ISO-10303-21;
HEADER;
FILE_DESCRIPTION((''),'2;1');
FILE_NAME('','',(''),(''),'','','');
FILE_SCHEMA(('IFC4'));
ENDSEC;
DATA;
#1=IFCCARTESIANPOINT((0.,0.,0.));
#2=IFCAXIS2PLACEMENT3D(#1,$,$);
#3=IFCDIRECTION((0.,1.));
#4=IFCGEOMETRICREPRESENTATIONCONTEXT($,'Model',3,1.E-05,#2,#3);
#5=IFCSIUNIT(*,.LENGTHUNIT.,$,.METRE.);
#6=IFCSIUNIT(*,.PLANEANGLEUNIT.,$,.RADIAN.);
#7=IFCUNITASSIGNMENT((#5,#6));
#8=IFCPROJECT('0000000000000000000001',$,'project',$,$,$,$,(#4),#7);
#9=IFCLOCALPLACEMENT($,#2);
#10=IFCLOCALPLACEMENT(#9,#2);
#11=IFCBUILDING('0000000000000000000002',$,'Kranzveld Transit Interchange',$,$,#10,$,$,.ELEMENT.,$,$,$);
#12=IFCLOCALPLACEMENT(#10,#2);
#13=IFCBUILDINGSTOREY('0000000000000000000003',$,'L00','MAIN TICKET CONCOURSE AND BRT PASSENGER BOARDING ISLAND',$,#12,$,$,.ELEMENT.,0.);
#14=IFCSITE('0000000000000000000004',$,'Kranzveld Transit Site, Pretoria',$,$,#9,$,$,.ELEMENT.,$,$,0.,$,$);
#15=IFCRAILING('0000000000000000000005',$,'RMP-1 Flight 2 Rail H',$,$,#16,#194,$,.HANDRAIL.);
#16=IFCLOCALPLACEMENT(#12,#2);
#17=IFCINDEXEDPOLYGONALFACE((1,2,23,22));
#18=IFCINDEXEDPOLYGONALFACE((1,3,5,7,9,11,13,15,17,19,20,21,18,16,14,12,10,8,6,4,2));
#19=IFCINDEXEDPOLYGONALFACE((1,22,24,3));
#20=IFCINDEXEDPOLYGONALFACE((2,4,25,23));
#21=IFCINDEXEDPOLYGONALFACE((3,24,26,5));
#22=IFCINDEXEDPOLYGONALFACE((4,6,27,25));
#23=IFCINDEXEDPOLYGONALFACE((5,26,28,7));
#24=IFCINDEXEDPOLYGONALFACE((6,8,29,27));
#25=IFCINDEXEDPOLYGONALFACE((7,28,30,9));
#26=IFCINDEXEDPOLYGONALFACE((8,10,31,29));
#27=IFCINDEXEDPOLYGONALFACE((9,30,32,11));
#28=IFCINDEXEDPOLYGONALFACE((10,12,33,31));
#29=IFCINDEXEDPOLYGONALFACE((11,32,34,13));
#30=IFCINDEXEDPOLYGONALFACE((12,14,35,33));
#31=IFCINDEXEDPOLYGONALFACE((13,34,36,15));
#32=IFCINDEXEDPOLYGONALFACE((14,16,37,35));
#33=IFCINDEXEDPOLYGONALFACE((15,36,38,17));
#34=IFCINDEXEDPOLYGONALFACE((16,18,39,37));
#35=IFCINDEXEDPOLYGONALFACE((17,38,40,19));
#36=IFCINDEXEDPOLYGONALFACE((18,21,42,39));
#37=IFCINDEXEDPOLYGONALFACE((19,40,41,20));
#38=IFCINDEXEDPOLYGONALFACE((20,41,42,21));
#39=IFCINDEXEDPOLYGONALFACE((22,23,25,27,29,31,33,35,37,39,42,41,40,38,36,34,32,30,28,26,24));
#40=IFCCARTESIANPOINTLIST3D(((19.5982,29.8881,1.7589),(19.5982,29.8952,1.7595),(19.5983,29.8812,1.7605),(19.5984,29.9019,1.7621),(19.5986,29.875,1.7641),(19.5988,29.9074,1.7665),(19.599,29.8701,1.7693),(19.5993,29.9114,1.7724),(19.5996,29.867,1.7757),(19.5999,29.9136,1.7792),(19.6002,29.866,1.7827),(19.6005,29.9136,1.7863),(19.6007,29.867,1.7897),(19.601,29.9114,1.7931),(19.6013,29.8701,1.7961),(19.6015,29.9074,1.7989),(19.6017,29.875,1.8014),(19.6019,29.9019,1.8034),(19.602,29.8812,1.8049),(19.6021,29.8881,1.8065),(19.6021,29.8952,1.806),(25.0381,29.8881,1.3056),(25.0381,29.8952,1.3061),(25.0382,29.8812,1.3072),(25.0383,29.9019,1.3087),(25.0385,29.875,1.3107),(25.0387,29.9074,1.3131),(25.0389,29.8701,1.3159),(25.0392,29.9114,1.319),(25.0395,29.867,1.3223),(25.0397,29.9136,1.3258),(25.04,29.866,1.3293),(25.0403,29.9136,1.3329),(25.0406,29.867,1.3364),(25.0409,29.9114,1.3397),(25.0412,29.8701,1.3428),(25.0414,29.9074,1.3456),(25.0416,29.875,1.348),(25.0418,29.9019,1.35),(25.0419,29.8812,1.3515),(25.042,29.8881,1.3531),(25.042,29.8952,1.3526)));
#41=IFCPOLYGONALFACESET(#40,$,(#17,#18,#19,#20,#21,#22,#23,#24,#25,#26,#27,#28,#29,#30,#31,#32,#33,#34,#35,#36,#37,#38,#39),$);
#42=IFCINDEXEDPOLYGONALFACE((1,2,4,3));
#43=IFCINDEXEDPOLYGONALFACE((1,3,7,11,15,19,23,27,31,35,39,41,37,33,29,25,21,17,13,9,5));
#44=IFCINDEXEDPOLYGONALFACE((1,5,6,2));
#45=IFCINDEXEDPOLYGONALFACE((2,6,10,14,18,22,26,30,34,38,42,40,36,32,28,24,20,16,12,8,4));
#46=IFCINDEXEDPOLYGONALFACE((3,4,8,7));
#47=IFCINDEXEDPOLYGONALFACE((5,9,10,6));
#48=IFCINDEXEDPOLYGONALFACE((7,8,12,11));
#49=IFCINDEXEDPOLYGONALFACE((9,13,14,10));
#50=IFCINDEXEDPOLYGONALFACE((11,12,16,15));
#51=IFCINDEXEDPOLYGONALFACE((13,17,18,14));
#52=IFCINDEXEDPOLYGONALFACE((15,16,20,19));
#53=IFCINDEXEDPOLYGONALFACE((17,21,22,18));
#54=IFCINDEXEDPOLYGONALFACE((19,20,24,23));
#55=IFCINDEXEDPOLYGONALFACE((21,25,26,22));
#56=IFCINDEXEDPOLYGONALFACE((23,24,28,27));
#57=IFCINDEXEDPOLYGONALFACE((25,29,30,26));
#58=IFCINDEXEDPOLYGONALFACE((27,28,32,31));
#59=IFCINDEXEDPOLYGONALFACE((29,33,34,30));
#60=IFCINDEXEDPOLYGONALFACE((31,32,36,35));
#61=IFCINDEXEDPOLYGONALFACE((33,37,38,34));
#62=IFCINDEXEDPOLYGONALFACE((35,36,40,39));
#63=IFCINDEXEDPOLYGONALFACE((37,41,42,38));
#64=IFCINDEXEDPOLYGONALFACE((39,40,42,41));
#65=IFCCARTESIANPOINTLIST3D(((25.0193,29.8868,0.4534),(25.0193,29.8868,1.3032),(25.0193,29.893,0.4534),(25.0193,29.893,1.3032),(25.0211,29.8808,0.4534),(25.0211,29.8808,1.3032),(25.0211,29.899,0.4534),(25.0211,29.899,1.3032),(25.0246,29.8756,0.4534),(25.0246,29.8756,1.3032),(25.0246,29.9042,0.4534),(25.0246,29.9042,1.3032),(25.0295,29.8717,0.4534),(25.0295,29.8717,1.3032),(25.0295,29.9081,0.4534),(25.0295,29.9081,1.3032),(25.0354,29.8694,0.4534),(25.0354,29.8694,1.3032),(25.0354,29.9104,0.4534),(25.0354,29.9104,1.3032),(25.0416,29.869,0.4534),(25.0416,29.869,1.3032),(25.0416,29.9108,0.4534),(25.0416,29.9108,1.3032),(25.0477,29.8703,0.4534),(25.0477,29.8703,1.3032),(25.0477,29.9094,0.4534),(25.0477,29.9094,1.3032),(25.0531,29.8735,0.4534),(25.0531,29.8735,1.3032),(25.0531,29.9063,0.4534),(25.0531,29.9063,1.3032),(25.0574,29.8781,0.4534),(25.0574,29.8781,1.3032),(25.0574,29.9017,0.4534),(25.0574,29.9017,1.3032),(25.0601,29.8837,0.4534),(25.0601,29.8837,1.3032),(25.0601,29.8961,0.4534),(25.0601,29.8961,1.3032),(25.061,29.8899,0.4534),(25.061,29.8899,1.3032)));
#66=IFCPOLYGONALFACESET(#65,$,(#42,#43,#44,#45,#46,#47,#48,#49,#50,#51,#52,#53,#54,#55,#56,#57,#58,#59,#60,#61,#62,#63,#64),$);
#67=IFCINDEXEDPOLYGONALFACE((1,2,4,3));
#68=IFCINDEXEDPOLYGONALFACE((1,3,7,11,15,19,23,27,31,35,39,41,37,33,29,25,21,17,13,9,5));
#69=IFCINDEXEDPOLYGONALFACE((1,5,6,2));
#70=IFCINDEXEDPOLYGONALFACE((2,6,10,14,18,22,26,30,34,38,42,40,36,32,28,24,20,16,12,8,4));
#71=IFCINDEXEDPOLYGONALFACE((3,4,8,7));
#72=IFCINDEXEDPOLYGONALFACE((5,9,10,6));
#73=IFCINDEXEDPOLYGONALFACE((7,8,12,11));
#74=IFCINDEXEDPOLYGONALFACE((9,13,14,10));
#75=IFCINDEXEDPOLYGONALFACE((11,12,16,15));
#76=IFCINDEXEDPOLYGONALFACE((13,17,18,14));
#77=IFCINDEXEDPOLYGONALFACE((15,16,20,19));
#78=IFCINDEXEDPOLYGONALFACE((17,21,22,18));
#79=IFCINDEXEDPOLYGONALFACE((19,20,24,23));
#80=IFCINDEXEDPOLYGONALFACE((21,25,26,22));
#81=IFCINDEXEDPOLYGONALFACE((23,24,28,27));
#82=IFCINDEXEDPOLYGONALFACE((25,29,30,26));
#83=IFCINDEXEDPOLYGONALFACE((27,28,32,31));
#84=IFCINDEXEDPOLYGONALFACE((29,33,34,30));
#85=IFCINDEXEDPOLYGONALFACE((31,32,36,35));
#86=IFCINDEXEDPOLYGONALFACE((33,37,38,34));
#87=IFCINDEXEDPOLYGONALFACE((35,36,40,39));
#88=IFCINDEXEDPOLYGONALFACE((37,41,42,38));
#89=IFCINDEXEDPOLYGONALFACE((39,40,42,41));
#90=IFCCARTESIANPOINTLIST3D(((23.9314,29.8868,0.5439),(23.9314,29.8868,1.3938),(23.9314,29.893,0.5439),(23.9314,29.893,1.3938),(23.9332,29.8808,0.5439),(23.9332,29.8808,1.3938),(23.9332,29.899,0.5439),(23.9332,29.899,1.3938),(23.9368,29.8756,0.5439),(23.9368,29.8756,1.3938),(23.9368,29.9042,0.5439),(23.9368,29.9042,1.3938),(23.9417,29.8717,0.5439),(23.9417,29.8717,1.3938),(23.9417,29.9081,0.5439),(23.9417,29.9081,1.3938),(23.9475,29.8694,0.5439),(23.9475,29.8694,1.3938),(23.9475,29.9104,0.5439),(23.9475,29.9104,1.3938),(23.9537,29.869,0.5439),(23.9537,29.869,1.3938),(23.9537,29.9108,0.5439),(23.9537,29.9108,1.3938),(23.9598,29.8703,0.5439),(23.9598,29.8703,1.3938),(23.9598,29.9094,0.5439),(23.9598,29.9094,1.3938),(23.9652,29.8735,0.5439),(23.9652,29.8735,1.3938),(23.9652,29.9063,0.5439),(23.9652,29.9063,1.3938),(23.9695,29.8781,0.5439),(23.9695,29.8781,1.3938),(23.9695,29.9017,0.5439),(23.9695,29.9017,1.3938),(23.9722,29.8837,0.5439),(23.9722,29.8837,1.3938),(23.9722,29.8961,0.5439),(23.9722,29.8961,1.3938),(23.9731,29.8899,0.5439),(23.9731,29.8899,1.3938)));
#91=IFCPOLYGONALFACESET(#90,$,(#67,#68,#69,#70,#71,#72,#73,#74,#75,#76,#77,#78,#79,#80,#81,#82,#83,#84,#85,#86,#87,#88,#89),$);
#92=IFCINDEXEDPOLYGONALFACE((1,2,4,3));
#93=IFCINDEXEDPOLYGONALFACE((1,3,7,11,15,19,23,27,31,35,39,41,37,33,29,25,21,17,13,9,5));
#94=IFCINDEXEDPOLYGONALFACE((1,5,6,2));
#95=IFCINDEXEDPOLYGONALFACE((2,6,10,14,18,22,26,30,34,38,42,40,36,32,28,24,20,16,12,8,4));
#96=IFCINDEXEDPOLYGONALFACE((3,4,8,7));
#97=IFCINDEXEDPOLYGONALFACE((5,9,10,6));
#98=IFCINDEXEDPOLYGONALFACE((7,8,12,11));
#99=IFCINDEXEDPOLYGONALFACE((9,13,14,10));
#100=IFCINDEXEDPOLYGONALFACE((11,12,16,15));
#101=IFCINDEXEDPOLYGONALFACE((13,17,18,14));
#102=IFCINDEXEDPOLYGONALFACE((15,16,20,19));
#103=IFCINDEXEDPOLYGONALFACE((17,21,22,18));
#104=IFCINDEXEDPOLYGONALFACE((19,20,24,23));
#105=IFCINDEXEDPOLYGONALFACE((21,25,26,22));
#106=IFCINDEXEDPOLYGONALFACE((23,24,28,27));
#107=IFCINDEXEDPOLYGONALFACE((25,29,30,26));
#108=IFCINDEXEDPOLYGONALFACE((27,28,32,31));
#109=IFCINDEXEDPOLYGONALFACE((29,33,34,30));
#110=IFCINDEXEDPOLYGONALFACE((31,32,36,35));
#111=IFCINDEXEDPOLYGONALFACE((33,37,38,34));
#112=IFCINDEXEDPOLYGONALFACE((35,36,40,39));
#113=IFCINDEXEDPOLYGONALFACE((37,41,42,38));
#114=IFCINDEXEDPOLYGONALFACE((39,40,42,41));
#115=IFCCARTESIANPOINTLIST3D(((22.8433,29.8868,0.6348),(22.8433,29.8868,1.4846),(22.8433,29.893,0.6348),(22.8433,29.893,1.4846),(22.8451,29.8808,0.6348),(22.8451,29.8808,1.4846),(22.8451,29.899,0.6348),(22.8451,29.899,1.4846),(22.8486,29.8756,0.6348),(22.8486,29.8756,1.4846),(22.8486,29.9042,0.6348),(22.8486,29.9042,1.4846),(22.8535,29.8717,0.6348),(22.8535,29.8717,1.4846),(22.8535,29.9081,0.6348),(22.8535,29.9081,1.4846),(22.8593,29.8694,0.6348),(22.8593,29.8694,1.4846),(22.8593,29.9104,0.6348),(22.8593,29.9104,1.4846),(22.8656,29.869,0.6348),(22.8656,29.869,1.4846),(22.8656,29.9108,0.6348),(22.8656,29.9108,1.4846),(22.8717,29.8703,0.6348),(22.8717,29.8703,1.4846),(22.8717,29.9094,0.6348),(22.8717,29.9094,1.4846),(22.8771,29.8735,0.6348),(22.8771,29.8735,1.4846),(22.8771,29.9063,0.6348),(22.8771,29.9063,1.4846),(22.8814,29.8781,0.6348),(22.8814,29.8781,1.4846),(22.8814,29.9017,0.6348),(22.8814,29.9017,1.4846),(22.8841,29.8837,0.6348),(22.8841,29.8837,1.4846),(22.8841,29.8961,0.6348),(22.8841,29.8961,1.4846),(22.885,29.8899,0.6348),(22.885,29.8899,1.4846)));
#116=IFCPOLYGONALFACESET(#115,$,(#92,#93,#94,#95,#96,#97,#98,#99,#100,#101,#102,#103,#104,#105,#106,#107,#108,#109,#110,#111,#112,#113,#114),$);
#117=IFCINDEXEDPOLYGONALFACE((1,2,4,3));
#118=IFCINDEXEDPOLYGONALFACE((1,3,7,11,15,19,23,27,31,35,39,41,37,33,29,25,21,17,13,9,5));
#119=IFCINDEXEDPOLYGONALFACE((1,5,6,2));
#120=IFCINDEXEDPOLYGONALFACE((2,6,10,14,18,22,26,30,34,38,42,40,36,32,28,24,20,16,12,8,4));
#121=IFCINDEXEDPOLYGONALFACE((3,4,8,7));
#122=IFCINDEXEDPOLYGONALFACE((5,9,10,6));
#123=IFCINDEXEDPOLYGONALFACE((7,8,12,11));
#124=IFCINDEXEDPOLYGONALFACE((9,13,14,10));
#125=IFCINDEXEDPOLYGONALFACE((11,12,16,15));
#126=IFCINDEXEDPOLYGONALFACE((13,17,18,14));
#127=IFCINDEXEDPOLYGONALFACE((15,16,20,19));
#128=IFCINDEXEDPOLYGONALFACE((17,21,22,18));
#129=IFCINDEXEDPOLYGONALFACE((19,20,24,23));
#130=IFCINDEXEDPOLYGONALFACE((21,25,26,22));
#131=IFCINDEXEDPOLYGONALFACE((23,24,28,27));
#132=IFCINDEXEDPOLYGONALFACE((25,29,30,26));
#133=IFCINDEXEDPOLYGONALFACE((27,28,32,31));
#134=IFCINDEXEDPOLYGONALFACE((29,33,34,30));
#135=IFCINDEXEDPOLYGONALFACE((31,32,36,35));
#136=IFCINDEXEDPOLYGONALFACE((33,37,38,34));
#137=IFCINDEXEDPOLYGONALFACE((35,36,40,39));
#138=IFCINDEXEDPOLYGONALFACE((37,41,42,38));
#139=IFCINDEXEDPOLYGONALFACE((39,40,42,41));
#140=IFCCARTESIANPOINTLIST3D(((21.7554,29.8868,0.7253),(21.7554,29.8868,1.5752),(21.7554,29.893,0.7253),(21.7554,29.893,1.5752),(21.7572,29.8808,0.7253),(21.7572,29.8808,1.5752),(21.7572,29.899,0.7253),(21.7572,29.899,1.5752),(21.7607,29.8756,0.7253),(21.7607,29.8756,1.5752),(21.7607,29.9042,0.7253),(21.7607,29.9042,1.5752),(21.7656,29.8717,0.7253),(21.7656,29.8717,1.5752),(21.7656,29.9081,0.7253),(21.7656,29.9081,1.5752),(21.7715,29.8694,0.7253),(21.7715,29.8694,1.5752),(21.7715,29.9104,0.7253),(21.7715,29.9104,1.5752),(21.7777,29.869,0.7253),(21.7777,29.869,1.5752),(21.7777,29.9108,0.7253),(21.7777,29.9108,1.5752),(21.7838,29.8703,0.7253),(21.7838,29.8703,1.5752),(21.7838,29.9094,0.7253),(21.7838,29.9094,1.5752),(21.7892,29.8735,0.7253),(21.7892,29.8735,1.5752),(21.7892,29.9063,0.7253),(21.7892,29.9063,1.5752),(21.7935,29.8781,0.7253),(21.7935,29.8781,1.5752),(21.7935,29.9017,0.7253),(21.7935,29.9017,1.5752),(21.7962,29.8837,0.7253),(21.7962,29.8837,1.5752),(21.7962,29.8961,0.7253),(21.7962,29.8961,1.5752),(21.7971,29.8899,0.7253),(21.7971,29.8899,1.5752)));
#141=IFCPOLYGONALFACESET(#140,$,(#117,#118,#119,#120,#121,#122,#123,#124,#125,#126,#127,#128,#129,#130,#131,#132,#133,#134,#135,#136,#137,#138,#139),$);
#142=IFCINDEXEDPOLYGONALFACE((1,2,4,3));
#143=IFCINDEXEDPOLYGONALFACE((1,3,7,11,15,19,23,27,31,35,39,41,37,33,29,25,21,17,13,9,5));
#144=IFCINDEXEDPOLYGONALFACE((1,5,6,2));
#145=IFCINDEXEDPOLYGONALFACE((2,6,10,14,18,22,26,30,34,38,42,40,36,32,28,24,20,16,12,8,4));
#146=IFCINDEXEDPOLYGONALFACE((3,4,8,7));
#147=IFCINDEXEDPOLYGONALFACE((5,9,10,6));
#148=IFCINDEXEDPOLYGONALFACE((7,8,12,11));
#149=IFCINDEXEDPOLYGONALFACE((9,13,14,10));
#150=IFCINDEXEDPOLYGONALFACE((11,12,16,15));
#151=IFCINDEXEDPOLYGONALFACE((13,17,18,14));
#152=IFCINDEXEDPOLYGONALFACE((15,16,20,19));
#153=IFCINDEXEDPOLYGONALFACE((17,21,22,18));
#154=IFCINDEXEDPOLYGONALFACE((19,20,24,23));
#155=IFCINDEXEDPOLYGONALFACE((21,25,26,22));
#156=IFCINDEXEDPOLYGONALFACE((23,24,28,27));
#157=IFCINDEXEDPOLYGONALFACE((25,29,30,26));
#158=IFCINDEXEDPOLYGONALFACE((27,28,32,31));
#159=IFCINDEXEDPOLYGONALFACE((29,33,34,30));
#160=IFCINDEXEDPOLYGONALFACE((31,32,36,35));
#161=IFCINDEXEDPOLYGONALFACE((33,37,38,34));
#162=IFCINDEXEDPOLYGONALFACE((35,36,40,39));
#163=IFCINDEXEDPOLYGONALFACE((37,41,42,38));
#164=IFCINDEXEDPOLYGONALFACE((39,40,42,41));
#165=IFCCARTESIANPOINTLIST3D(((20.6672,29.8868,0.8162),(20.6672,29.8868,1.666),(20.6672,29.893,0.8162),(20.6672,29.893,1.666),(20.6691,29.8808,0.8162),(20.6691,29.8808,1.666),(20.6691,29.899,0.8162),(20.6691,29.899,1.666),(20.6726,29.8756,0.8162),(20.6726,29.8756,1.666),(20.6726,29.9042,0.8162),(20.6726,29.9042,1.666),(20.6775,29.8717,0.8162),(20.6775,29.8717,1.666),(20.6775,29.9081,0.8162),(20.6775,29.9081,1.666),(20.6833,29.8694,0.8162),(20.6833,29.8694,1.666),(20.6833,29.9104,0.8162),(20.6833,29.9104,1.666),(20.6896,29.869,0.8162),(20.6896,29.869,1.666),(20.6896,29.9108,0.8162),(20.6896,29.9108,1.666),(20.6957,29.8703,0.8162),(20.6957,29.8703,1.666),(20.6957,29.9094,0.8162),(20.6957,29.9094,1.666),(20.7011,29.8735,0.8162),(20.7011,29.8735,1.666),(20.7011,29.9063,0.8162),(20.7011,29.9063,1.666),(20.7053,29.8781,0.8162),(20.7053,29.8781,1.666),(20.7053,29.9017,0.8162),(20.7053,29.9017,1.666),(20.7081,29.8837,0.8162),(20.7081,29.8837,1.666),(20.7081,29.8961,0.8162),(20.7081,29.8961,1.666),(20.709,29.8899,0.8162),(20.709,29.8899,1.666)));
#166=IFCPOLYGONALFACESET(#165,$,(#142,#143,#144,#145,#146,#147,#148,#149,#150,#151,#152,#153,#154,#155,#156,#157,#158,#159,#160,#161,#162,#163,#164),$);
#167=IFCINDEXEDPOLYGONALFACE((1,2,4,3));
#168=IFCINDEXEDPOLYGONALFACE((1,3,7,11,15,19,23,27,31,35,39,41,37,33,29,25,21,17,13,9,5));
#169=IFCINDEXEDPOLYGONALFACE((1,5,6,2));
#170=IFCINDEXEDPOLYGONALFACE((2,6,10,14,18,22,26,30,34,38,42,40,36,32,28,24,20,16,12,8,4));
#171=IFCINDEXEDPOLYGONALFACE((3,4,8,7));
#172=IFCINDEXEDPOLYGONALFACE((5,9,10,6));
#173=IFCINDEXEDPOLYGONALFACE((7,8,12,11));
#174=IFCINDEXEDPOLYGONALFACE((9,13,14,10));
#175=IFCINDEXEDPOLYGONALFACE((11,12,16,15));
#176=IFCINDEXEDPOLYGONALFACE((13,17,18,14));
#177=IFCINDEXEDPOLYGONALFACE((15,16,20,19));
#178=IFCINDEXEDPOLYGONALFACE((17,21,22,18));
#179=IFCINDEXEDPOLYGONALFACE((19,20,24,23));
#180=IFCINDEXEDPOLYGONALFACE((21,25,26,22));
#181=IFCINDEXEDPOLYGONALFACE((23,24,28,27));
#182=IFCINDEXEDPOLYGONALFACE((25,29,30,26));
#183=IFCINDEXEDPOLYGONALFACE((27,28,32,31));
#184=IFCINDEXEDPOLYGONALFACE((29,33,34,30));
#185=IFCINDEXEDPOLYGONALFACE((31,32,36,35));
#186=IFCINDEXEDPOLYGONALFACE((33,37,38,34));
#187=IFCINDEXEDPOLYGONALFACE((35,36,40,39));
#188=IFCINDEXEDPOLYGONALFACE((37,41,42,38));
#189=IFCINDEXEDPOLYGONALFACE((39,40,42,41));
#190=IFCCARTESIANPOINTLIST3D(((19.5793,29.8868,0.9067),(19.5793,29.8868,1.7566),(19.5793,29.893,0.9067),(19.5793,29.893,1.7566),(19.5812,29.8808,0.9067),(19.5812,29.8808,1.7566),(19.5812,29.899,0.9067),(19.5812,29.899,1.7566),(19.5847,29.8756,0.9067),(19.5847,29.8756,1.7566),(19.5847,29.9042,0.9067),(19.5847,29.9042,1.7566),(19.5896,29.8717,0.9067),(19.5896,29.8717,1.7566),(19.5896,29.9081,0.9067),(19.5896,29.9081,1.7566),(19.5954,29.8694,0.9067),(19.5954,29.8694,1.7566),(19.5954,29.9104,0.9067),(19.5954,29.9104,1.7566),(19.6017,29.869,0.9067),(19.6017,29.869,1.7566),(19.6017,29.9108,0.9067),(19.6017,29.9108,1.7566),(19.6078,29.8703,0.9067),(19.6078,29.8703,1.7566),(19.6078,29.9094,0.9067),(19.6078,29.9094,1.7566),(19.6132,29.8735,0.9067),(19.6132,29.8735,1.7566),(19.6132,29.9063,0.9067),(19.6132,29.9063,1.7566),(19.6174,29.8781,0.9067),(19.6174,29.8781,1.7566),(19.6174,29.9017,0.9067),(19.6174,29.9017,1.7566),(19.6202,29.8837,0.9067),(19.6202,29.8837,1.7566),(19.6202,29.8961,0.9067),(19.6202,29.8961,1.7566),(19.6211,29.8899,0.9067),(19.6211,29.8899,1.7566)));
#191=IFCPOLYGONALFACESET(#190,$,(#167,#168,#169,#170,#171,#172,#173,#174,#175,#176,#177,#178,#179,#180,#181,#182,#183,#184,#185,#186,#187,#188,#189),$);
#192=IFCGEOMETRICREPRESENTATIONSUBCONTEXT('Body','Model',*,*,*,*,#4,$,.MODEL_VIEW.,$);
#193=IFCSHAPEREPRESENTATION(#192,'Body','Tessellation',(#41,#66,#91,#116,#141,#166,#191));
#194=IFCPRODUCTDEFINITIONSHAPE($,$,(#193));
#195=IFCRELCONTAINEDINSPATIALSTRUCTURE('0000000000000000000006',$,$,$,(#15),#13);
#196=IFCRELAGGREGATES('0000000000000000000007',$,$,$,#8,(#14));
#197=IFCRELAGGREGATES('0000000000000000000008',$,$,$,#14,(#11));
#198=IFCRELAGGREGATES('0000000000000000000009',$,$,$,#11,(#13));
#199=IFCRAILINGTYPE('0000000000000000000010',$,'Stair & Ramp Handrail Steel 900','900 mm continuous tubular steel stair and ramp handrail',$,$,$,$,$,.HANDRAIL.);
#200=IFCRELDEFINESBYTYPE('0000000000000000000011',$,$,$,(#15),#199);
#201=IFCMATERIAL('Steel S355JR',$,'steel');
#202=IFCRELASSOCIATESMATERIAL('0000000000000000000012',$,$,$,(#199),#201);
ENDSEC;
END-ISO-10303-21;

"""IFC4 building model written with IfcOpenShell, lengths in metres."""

from ifc_helpers import new_model, si_unit, direction, frame, origin, origin_2d, place, context, subcontext, project, spatial, circle, extrude, material, type_object, element, save


model = new_model("IFC4")

# Units and contexts
model_context = context("Model", 3, precision=1e-05, world=origin(), true_north=direction((0.0, 1.0)))
body_context = subcontext(model_context, "Body", "Model", "MODEL_VIEW")
ifc_project = project(units=[si_unit("LENGTHUNIT", "METRE"), si_unit("PLANEANGLEUNIT", "RADIAN")], contexts=[model_context])

# Site, building, storey
site_placement = place(None, origin())
site = spatial("IfcSite", under=ifc_project, at=site_placement, Name="Kranzveld Transit Site, Pretoria", CompositionType="ELEMENT", RefElevation=0.0)
building_placement = place(site_placement, origin())
building = spatial("IfcBuilding", under=site, at=building_placement, Name="Kranzveld Transit Interchange", CompositionType="ELEMENT")
storey_placement = place(building_placement, origin())
storey = spatial("IfcBuildingStorey", under=building, at=storey_placement, Name="L00", Description="MAIN TICKET CONCOURSE AND BRT PASSENGER BOARDING ISLAND", CompositionType="ELEMENT", Elevation=0.0)

# Railing
ifc_material_1 = material(Name="Steel S355JR", Category="steel")
railing_type_1 = type_object("IfcRailingType", Name="Stair & Ramp Handrail Steel 900", Description="900 mm continuous tubular steel stair and ramp handrail", PredefinedType="HANDRAIL", material=ifc_material_1)
railing_1_placement = place(storey_placement, frame((25.04, 29.8899, 0.4534)))
element("IfcRailing", 1, at=railing_1_placement, inside=storey, type_object=railing_type_1, Name="RMP-1 Flight 2 Rail H", PredefinedType="HANDRAIL", context=body_context, shape_type="SweptSolid", body=[
    extrude(circle(Radius=0.0239, at=origin_2d()), frame((0.0, 0.0, 0.876), z_axis=(-0.996545, 0.0, 0.083053), x_axis=(0.0, -1.0, 0.0)), (0.0, 0.0, 1.0), 5.4587),
    extrude(circle(Radius=0.021, at=origin_2d()), origin(), (0.0, 0.0, 1.0), 0.8499),
    extrude(circle(Radius=0.021, at=origin_2d()), frame((-1.0879, 0.0, 0.0906)), (0.0, 0.0, 1.0), 0.8499),
    extrude(circle(Radius=0.021, at=origin_2d()), frame((-2.176, 0.0, 0.1814)), (0.0, 0.0, 1.0), 0.8499),
    extrude(circle(Radius=0.021, at=origin_2d()), frame((-3.2639, 0.0, 0.272)), (0.0, 0.0, 1.0), 0.8499),
    extrude(circle(Radius=0.021, at=origin_2d()), frame((-4.3521, 0.0, 0.3628)), (0.0, 0.0, 1.0), 0.8499),
    extrude(circle(Radius=0.021, at=origin_2d()), frame((-5.4399, 0.0, 0.4534)), (0.0, 0.0, 1.0), 0.8499),
])

save(model, "model.ifc")
